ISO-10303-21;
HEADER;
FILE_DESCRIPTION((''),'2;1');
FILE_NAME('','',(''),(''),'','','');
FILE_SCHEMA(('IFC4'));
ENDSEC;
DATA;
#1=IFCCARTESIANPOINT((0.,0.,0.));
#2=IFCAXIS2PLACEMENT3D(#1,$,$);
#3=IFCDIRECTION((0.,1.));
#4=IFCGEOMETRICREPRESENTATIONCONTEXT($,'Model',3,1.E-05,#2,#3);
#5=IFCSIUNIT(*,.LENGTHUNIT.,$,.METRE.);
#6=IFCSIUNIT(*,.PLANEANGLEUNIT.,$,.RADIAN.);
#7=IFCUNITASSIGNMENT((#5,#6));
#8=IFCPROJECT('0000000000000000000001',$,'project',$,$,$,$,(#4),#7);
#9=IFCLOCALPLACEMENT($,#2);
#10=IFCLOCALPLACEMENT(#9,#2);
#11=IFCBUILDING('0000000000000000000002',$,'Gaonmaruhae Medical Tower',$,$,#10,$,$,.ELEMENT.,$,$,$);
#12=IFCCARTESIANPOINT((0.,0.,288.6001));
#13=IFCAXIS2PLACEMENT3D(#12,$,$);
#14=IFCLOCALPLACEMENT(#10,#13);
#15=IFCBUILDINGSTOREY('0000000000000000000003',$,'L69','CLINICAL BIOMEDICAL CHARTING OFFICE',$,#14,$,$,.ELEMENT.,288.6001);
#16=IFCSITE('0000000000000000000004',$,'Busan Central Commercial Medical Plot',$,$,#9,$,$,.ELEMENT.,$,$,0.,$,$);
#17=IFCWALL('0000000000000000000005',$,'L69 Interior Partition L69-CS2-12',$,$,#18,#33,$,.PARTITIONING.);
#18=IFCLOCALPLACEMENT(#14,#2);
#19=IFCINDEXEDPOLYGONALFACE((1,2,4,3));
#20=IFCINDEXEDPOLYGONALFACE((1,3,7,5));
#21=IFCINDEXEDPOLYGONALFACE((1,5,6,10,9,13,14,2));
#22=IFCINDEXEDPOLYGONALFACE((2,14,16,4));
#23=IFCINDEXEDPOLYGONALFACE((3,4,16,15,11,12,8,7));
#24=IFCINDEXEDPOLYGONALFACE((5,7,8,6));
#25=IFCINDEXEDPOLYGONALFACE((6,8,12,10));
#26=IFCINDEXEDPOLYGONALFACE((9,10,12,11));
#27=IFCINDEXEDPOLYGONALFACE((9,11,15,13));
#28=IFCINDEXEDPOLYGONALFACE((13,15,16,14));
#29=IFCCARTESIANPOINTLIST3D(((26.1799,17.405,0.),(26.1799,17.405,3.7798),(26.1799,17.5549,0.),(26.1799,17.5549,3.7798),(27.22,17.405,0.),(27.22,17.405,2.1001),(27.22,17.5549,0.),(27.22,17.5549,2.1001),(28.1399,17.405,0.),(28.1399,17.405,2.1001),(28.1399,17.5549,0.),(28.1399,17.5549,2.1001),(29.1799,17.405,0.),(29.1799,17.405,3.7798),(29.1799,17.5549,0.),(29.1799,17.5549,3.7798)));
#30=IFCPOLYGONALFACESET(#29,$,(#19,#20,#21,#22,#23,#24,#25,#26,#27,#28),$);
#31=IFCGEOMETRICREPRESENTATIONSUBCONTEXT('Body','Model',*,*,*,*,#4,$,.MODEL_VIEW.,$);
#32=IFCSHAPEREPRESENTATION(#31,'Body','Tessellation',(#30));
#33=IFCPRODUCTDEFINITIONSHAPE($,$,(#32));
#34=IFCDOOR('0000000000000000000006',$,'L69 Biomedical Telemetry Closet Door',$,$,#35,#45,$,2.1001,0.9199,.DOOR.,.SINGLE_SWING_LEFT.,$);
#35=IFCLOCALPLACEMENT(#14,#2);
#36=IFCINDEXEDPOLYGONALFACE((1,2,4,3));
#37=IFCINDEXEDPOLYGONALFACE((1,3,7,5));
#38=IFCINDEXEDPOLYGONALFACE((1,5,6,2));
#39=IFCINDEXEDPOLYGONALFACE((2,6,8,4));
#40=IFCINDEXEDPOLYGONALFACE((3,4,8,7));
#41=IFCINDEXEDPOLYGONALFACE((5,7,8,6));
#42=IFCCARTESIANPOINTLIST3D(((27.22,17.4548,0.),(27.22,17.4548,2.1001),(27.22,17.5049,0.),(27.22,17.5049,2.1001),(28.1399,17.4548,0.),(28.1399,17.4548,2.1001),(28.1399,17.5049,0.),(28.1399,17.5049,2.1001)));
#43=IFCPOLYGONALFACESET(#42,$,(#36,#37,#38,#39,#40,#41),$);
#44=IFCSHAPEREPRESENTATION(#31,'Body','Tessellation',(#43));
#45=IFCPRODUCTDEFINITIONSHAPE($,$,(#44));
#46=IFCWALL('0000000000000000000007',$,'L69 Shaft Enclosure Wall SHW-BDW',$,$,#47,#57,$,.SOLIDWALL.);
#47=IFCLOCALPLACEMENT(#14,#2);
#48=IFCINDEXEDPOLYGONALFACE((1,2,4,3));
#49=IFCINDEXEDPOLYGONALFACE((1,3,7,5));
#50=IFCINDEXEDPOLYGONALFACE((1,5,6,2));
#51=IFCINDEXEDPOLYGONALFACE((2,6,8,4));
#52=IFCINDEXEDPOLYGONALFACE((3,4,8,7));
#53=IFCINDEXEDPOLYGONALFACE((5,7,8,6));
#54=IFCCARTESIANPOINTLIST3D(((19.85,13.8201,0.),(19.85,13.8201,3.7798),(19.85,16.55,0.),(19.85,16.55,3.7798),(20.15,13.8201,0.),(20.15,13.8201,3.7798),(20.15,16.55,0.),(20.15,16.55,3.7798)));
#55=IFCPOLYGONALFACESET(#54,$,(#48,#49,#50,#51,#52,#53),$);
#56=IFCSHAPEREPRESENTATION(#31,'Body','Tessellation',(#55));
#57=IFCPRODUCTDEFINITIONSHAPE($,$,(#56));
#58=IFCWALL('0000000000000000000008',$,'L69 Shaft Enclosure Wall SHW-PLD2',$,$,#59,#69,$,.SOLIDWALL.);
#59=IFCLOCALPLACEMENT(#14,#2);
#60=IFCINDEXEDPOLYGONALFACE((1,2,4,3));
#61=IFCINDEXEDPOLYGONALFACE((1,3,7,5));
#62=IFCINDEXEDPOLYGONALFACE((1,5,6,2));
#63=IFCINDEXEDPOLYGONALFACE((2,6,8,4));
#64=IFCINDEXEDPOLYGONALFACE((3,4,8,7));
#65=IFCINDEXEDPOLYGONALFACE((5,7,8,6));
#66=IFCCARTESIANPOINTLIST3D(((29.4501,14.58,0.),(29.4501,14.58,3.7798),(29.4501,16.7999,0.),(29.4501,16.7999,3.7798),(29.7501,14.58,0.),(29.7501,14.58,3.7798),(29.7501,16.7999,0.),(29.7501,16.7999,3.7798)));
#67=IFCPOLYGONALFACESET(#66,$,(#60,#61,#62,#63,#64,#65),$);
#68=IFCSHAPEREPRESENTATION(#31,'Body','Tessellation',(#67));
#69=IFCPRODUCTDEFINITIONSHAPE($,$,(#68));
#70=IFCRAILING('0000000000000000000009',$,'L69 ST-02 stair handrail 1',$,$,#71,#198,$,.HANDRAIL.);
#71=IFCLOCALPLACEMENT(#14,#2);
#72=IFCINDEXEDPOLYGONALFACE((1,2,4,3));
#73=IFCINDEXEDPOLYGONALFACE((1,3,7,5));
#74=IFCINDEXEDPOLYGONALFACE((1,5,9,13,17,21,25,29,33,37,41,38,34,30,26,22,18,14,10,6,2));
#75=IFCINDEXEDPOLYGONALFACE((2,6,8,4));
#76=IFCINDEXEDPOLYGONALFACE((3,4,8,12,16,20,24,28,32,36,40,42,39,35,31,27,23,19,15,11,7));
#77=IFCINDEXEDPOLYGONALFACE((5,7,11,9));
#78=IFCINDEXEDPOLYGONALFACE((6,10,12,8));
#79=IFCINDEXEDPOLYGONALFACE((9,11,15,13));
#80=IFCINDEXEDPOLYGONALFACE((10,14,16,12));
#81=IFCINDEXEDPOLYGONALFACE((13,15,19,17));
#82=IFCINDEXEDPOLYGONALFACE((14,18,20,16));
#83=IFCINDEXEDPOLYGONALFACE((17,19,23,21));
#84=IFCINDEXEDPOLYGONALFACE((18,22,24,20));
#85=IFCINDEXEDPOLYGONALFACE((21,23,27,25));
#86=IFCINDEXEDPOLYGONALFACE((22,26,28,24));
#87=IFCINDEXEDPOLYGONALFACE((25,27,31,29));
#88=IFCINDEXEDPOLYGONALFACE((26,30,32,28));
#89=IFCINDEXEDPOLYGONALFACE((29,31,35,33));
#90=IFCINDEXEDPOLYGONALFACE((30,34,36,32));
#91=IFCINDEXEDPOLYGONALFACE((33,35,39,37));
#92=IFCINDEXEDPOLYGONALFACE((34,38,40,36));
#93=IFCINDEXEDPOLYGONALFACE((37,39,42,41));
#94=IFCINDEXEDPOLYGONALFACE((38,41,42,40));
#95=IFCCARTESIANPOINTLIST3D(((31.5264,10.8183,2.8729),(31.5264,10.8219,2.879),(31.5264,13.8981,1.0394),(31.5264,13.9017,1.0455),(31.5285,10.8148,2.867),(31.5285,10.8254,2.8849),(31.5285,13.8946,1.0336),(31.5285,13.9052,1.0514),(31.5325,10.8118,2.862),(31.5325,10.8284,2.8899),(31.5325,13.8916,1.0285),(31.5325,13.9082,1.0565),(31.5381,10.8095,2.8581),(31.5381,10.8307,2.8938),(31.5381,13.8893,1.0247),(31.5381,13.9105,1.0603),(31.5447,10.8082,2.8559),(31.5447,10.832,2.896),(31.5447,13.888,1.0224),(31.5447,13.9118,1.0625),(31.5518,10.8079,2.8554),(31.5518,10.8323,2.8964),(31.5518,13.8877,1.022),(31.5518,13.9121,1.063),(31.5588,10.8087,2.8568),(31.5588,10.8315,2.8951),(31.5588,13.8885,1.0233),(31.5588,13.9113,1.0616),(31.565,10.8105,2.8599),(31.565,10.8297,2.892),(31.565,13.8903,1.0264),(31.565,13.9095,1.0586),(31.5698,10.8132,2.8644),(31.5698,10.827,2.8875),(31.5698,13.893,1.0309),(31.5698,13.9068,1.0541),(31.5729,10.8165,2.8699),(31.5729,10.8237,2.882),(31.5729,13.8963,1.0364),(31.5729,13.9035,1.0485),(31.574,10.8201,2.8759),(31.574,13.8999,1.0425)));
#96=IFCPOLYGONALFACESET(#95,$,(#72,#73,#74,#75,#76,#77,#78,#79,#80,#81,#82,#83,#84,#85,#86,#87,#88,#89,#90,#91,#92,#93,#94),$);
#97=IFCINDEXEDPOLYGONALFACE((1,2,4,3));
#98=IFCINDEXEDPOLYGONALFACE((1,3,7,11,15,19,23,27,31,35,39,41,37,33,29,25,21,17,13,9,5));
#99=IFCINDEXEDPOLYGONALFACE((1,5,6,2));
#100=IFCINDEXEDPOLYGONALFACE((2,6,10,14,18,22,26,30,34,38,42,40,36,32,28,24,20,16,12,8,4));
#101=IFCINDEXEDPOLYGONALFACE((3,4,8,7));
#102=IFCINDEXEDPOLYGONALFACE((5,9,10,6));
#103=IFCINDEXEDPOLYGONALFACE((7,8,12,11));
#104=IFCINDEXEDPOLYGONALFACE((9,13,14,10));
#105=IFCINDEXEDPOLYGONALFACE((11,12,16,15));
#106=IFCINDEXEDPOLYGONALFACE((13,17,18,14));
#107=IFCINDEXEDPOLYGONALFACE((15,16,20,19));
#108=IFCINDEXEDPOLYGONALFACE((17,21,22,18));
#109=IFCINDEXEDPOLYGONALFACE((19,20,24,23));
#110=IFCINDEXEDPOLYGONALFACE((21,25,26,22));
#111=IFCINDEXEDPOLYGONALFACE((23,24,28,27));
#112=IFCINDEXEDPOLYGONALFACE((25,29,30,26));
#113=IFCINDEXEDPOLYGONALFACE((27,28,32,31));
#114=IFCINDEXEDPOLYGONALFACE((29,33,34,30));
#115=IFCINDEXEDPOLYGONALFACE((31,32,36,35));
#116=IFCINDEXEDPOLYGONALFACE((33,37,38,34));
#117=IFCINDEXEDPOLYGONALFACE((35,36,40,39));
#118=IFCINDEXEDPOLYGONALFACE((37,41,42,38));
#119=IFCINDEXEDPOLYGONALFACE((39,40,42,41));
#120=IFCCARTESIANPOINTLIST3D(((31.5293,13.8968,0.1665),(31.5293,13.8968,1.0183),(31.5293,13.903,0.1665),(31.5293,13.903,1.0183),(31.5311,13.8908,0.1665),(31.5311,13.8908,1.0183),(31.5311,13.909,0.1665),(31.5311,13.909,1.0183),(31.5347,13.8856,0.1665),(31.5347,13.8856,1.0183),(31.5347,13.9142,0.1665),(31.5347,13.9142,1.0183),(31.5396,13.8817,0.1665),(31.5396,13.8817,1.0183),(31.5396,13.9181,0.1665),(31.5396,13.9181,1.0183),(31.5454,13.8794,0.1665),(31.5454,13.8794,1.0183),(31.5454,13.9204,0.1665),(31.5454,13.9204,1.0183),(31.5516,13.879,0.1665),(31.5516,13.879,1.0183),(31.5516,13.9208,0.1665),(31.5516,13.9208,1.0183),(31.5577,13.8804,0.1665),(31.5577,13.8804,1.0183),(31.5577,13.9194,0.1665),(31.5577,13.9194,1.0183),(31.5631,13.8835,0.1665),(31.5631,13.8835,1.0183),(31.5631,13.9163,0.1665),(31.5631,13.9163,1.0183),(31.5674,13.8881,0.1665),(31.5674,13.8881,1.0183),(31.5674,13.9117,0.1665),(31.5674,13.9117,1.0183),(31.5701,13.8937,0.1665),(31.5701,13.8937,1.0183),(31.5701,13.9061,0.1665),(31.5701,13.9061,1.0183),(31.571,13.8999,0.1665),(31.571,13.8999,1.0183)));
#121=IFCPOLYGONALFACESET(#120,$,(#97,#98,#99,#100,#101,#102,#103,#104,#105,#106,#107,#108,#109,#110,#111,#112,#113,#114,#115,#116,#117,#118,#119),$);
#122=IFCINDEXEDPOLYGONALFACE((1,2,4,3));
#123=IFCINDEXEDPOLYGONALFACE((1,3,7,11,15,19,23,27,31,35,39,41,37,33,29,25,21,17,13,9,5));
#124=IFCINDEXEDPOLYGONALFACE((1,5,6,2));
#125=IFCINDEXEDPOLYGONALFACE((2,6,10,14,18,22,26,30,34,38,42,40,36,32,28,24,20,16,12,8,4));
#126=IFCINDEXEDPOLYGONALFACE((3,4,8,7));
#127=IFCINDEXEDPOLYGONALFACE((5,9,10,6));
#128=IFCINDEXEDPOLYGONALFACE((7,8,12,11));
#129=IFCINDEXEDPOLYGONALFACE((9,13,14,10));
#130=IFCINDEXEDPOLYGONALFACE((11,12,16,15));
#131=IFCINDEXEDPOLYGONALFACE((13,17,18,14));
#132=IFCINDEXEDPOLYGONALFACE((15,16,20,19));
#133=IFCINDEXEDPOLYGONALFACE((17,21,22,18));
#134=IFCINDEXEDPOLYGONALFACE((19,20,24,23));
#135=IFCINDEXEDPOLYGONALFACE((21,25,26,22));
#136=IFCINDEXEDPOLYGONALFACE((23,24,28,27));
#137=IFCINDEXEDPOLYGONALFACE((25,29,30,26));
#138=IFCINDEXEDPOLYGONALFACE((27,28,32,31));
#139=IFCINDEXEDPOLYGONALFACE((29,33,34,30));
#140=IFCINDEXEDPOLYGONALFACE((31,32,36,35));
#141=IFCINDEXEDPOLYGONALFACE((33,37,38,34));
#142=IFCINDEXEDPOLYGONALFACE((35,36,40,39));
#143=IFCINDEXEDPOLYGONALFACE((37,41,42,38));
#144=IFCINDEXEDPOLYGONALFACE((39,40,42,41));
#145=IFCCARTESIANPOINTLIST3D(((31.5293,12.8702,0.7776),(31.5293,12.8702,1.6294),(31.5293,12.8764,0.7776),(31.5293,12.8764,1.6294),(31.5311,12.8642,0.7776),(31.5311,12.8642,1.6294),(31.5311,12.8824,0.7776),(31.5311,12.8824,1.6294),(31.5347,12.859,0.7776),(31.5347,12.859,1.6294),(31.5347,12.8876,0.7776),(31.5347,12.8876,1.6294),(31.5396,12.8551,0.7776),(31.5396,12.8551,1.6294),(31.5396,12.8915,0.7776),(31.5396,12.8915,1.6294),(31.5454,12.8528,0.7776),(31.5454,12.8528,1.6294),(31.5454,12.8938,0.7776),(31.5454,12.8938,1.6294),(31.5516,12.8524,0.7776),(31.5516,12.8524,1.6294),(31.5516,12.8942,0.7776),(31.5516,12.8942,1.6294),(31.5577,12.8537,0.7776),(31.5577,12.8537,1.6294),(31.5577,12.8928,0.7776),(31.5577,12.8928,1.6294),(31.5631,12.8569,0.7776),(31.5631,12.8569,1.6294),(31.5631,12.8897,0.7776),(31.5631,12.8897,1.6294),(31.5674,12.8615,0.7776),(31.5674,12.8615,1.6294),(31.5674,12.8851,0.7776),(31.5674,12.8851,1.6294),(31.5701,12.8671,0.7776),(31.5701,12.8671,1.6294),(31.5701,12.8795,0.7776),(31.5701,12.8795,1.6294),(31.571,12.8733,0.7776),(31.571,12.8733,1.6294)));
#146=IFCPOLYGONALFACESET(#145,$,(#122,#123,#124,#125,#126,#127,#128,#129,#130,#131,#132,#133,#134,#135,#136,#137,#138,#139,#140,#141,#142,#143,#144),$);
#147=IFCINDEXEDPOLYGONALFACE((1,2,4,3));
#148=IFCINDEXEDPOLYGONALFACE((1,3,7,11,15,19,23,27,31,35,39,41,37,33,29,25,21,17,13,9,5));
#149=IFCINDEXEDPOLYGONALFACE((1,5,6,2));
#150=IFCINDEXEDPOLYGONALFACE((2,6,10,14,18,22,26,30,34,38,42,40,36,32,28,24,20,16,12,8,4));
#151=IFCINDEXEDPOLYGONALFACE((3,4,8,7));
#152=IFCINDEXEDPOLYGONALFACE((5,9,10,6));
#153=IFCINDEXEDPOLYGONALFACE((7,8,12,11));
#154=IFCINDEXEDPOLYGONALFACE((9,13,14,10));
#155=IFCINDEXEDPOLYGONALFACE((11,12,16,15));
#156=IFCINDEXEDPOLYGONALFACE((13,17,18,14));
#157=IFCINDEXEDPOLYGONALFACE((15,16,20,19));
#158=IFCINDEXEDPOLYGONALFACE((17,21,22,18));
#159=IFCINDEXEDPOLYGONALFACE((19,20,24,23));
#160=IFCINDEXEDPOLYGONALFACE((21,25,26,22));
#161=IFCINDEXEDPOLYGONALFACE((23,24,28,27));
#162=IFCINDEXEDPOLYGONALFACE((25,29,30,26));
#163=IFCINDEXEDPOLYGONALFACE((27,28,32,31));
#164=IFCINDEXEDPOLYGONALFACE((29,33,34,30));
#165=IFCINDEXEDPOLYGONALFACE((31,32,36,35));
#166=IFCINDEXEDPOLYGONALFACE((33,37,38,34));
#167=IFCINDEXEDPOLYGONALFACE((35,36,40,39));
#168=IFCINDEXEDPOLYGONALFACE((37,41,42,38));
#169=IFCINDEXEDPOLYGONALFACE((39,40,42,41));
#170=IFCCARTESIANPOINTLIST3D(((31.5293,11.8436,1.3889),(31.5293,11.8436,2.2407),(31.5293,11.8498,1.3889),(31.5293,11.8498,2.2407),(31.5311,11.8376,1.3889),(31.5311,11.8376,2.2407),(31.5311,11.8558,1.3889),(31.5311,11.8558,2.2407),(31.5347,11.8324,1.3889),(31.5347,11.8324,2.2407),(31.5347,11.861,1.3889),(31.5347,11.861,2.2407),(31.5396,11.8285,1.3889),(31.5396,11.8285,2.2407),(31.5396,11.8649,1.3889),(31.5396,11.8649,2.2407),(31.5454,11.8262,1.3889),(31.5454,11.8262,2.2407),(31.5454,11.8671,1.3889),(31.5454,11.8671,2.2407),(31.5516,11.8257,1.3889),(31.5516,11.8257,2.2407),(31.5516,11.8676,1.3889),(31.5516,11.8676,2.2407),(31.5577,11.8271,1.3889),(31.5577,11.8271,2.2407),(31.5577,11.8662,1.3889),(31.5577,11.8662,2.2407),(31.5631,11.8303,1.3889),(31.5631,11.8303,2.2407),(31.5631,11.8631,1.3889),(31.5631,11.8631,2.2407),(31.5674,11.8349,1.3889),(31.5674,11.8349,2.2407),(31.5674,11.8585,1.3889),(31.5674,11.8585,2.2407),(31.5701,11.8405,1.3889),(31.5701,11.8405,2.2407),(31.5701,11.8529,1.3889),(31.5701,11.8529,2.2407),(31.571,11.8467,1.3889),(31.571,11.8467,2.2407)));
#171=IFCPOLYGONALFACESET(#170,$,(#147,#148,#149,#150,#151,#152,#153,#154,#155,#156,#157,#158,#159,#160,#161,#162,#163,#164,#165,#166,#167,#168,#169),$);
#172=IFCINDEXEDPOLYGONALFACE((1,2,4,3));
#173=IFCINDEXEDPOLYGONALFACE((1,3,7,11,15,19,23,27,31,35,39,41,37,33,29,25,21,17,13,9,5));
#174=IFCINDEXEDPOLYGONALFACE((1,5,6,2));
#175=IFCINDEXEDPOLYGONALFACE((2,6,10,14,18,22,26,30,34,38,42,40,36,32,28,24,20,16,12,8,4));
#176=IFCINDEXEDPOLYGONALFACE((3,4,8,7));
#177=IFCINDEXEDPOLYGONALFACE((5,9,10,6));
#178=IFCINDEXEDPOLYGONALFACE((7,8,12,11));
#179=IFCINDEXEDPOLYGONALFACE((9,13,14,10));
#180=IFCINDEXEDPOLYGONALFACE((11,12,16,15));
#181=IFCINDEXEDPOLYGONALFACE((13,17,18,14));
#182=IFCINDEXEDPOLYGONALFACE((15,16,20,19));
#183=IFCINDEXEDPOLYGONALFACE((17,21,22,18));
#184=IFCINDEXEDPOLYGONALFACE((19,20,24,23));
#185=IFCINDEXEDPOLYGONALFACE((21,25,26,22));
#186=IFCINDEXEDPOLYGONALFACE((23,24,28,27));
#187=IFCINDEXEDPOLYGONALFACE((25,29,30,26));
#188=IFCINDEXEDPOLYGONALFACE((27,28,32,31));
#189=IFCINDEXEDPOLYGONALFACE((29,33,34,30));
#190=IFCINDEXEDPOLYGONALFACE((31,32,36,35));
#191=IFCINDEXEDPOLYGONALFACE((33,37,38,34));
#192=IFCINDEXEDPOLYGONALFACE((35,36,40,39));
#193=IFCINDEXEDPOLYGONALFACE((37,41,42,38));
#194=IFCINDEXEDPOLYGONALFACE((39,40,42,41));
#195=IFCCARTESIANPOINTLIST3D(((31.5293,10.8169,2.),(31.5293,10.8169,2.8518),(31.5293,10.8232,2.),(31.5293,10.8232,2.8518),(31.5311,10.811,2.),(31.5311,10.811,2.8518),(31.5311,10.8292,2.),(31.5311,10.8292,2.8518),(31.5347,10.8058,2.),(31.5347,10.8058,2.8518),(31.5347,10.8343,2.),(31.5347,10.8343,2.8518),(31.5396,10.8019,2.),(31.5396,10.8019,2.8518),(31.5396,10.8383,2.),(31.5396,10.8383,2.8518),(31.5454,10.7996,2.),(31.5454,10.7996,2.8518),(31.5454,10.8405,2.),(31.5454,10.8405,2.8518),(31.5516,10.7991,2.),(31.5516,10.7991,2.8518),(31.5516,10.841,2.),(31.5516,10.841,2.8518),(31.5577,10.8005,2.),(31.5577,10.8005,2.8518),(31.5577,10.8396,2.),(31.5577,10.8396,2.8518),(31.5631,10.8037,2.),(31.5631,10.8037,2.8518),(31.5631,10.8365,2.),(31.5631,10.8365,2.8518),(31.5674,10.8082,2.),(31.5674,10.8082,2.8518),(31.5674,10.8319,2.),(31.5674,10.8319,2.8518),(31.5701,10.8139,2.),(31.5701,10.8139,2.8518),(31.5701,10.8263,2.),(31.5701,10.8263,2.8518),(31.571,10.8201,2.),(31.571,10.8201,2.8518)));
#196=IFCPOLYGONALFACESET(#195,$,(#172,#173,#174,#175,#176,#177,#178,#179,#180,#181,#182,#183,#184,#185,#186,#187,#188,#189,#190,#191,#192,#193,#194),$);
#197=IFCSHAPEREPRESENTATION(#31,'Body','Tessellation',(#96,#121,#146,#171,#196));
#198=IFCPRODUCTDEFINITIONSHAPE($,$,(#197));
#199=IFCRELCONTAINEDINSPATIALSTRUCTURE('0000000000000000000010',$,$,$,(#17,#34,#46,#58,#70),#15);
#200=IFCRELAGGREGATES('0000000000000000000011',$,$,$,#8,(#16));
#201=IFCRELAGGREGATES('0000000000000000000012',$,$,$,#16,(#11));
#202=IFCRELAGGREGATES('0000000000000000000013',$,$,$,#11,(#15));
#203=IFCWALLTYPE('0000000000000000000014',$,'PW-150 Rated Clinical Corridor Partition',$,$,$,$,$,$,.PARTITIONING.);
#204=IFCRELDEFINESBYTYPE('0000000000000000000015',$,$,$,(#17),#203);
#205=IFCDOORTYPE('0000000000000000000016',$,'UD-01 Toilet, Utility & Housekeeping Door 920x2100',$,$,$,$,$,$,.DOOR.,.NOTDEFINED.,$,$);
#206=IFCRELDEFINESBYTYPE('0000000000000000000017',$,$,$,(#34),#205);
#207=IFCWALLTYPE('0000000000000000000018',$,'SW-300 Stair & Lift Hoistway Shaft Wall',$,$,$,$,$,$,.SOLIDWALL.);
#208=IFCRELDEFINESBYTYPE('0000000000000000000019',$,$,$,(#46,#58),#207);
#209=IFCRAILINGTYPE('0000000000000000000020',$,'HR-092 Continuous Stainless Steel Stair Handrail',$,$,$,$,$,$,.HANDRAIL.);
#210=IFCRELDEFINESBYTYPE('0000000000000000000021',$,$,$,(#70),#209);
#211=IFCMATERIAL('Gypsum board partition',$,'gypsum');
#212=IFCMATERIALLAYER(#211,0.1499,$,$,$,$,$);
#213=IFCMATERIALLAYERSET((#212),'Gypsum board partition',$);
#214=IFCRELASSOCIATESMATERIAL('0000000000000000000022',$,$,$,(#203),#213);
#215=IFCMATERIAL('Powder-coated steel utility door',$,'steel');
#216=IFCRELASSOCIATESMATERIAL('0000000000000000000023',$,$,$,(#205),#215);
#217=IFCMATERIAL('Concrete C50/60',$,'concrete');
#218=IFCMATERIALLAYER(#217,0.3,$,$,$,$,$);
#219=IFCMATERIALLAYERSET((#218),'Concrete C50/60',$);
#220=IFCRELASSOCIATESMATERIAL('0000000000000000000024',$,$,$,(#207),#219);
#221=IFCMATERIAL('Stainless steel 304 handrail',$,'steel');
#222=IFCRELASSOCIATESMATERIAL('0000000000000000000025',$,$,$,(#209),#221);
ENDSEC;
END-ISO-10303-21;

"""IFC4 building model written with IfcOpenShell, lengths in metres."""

from ifc_helpers import new_model, si_unit, direction, frame, frame_2d, origin, origin_2d, place, context, subcontext, project, spatial, rectangle, circle, extrude, material, layer, layer_set, type_object, element, fill, save


model = new_model("IFC4")

# Units and contexts
model_context = context("Model", 3, precision=1e-05, world=origin(), true_north=direction((0.0, 1.0)))
body_context = subcontext(model_context, "Body", "Model", "MODEL_VIEW")
ifc_project = project(units=[si_unit("LENGTHUNIT", "METRE"), si_unit("PLANEANGLEUNIT", "RADIAN")], contexts=[model_context])

# Site, building, storey
site_placement = place(None, origin())
site = spatial("IfcSite", under=ifc_project, at=site_placement, Name="Busan Central Commercial Medical Plot", CompositionType="ELEMENT", RefElevation=0.0)
building_placement = place(site_placement, origin())
building = spatial("IfcBuilding", under=site, at=building_placement, Name="Gaonmaruhae Medical Tower", CompositionType="ELEMENT")
storey_placement = place(building_placement, frame((0.0, 0.0, 288.6001)))
storey = spatial("IfcBuildingStorey", under=building, at=storey_placement, Name="L69", Description="CLINICAL BIOMEDICAL CHARTING OFFICE", CompositionType="ELEMENT", Elevation=288.6001)

# Shared definitions
ifc_material_1 = material(Name="Concrete C50/60", Category="concrete")

# Shared definitions
ifc_material_2 = material(Name="Gypsum board partition", Category="gypsum")
ifc_layer_1 = layer(ifc_material_2, 0.1499)
ifc_layer_set_1 = layer_set([ifc_layer_1], Name="Gypsum board partition")
wall_type_1 = type_object("IfcWallType", Name="PW-150 Rated Clinical Corridor Partition", PredefinedType="PARTITIONING", material=ifc_layer_set_1)

# Wall, opening, door
wall_1_placement = place(storey_placement, frame((26.1799, 17.48, 0.0), z_axis=(0.0, 0.0, 1.0), x_axis=(1.0, 0.0, 0.0)))
wall_1 = element("IfcWall", 1, at=wall_1_placement, inside=storey, type_object=wall_type_1, Name="L69 Interior Partition L69-CS2-12", PredefinedType="PARTITIONING", context=body_context, shape_type="SweptSolid", body=[
    extrude(rectangle(XDim=3.0, YDim=0.1499, at=frame_2d((1.5, 0.0))), origin(), (0.0, 0.0, 1.0), 3.7798),
])
opening_1_placement = place(wall_1_placement, frame((1.04, 0.0, 0.0)))
opening_1 = element("IfcOpeningElement", 2, at=opening_1_placement, cuts=wall_1, PredefinedType="OPENING", context=body_context, shape_type="SweptSolid", body=[
    extrude(rectangle(XDim=0.9199, YDim=2.1001, at=frame_2d((0.46, 1.05))), frame((0.0, 0.085, 0.0), z_axis=(0.0, -1.0, 0.0), x_axis=(1.0, 0.0, 0.0)), (0.0, 0.0, 1.0), 0.1699),
])
ifc_material_3 = material(Name="Powder-coated steel utility door", Category="steel")
door_type_1 = type_object("IfcDoorType", Name="UD-01 Toilet, Utility & Housekeeping Door 920x2100", OperationType="NOTDEFINED", PredefinedType="DOOR", material=ifc_material_3)
door_1_placement = place(opening_1_placement, origin())
door_1 = element("IfcDoor", 3, at=door_1_placement, inside=storey, type_object=door_type_1, Name="L69 Biomedical Telemetry Closet Door", OperationType="SINGLE_SWING_LEFT", OverallHeight=2.1001, OverallWidth=0.9199, PredefinedType="DOOR", context=body_context, shape_type="SweptSolid", body=[
    extrude(rectangle(XDim=0.9199, YDim=2.1001, at=frame_2d((0.46, 1.05))), frame((0.0, 0.0249, 0.0), z_axis=(0.0, -1.0, 0.0), x_axis=(1.0, 0.0, 0.0)), (0.0, 0.0, 1.0), 0.05),
])
fill(opening_1, door_1)

# Shared definitions
ifc_layer_2 = layer(ifc_material_1, 0.3)
ifc_layer_set_2 = layer_set([ifc_layer_2], Name="Concrete C50/60")
wall_type_2 = type_object("IfcWallType", Name="SW-300 Stair & Lift Hoistway Shaft Wall", PredefinedType="SOLIDWALL", material=ifc_layer_set_2)

# Wall
wall_2_placement = place(storey_placement, frame((20.0, 13.8201, 0.0), z_axis=(0.0, 0.0, 1.0), x_axis=(0.0, 1.0, 0.0)))
element("IfcWall", 4, at=wall_2_placement, inside=storey, type_object=wall_type_2, Name="L69 Shaft Enclosure Wall SHW-BDW", PredefinedType="SOLIDWALL", context=body_context, shape_type="SweptSolid", body=[
    extrude(rectangle(XDim=2.73, YDim=0.3, at=frame_2d((1.365, 0.0))), origin(), (0.0, 0.0, 1.0), 3.7798),
])

# Wall
wall_3_placement = place(storey_placement, frame((29.6001, 14.5801, 0.0), z_axis=(0.0, 0.0, 1.0), x_axis=(0.0, 1.0, 0.0)))
element("IfcWall", 5, at=wall_3_placement, inside=storey, type_object=wall_type_2, Name="L69 Shaft Enclosure Wall SHW-PLD2", PredefinedType="SOLIDWALL", context=body_context, shape_type="SweptSolid", body=[
    extrude(rectangle(XDim=2.22, YDim=0.3, at=frame_2d((1.1099, 0.0))), origin(), (0.0, 0.0, 1.0), 3.7798),
])

# Railing
ifc_material_4 = material(Name="Stainless steel 304 handrail", Category="steel")
railing_type_1 = type_object("IfcRailingType", Name="HR-092 Continuous Stainless Steel Stair Handrail", PredefinedType="HANDRAIL", material=ifc_material_4)
railing_1_placement = place(storey_placement, frame((31.55, 13.8999, 0.1665)))
element("IfcRailing", 6, at=railing_1_placement, inside=storey, type_object=railing_type_1, Name="L69 ST-02 stair handrail 1", PredefinedType="HANDRAIL", context=body_context, shape_type="SweptSolid", body=[
    extrude(circle(Radius=0.0239, at=origin_2d()), frame((0.0, 0.0, 0.876), z_axis=(0.0, -0.859261, 0.511538), x_axis=(1.0, 0.0, 0.0)), (0.0, 0.0, 1.0), 3.5842),
    extrude(circle(Radius=0.021, at=origin_2d()), origin(), (0.0, 0.0, 1.0), 0.8518),
    extrude(circle(Radius=0.021, at=origin_2d()), frame((0.0, -1.0266, 0.6111)), (0.0, 0.0, 1.0), 0.8518),
    extrude(circle(Radius=0.021, at=origin_2d()), frame((0.0, -2.0532, 1.2224)), (0.0, 0.0, 1.0), 0.8518),
    extrude(circle(Radius=0.021, at=origin_2d()), frame((0.0, -3.0798, 1.8335)), (0.0, 0.0, 1.0), 0.8518),
])

save(model, "model.ifc")
